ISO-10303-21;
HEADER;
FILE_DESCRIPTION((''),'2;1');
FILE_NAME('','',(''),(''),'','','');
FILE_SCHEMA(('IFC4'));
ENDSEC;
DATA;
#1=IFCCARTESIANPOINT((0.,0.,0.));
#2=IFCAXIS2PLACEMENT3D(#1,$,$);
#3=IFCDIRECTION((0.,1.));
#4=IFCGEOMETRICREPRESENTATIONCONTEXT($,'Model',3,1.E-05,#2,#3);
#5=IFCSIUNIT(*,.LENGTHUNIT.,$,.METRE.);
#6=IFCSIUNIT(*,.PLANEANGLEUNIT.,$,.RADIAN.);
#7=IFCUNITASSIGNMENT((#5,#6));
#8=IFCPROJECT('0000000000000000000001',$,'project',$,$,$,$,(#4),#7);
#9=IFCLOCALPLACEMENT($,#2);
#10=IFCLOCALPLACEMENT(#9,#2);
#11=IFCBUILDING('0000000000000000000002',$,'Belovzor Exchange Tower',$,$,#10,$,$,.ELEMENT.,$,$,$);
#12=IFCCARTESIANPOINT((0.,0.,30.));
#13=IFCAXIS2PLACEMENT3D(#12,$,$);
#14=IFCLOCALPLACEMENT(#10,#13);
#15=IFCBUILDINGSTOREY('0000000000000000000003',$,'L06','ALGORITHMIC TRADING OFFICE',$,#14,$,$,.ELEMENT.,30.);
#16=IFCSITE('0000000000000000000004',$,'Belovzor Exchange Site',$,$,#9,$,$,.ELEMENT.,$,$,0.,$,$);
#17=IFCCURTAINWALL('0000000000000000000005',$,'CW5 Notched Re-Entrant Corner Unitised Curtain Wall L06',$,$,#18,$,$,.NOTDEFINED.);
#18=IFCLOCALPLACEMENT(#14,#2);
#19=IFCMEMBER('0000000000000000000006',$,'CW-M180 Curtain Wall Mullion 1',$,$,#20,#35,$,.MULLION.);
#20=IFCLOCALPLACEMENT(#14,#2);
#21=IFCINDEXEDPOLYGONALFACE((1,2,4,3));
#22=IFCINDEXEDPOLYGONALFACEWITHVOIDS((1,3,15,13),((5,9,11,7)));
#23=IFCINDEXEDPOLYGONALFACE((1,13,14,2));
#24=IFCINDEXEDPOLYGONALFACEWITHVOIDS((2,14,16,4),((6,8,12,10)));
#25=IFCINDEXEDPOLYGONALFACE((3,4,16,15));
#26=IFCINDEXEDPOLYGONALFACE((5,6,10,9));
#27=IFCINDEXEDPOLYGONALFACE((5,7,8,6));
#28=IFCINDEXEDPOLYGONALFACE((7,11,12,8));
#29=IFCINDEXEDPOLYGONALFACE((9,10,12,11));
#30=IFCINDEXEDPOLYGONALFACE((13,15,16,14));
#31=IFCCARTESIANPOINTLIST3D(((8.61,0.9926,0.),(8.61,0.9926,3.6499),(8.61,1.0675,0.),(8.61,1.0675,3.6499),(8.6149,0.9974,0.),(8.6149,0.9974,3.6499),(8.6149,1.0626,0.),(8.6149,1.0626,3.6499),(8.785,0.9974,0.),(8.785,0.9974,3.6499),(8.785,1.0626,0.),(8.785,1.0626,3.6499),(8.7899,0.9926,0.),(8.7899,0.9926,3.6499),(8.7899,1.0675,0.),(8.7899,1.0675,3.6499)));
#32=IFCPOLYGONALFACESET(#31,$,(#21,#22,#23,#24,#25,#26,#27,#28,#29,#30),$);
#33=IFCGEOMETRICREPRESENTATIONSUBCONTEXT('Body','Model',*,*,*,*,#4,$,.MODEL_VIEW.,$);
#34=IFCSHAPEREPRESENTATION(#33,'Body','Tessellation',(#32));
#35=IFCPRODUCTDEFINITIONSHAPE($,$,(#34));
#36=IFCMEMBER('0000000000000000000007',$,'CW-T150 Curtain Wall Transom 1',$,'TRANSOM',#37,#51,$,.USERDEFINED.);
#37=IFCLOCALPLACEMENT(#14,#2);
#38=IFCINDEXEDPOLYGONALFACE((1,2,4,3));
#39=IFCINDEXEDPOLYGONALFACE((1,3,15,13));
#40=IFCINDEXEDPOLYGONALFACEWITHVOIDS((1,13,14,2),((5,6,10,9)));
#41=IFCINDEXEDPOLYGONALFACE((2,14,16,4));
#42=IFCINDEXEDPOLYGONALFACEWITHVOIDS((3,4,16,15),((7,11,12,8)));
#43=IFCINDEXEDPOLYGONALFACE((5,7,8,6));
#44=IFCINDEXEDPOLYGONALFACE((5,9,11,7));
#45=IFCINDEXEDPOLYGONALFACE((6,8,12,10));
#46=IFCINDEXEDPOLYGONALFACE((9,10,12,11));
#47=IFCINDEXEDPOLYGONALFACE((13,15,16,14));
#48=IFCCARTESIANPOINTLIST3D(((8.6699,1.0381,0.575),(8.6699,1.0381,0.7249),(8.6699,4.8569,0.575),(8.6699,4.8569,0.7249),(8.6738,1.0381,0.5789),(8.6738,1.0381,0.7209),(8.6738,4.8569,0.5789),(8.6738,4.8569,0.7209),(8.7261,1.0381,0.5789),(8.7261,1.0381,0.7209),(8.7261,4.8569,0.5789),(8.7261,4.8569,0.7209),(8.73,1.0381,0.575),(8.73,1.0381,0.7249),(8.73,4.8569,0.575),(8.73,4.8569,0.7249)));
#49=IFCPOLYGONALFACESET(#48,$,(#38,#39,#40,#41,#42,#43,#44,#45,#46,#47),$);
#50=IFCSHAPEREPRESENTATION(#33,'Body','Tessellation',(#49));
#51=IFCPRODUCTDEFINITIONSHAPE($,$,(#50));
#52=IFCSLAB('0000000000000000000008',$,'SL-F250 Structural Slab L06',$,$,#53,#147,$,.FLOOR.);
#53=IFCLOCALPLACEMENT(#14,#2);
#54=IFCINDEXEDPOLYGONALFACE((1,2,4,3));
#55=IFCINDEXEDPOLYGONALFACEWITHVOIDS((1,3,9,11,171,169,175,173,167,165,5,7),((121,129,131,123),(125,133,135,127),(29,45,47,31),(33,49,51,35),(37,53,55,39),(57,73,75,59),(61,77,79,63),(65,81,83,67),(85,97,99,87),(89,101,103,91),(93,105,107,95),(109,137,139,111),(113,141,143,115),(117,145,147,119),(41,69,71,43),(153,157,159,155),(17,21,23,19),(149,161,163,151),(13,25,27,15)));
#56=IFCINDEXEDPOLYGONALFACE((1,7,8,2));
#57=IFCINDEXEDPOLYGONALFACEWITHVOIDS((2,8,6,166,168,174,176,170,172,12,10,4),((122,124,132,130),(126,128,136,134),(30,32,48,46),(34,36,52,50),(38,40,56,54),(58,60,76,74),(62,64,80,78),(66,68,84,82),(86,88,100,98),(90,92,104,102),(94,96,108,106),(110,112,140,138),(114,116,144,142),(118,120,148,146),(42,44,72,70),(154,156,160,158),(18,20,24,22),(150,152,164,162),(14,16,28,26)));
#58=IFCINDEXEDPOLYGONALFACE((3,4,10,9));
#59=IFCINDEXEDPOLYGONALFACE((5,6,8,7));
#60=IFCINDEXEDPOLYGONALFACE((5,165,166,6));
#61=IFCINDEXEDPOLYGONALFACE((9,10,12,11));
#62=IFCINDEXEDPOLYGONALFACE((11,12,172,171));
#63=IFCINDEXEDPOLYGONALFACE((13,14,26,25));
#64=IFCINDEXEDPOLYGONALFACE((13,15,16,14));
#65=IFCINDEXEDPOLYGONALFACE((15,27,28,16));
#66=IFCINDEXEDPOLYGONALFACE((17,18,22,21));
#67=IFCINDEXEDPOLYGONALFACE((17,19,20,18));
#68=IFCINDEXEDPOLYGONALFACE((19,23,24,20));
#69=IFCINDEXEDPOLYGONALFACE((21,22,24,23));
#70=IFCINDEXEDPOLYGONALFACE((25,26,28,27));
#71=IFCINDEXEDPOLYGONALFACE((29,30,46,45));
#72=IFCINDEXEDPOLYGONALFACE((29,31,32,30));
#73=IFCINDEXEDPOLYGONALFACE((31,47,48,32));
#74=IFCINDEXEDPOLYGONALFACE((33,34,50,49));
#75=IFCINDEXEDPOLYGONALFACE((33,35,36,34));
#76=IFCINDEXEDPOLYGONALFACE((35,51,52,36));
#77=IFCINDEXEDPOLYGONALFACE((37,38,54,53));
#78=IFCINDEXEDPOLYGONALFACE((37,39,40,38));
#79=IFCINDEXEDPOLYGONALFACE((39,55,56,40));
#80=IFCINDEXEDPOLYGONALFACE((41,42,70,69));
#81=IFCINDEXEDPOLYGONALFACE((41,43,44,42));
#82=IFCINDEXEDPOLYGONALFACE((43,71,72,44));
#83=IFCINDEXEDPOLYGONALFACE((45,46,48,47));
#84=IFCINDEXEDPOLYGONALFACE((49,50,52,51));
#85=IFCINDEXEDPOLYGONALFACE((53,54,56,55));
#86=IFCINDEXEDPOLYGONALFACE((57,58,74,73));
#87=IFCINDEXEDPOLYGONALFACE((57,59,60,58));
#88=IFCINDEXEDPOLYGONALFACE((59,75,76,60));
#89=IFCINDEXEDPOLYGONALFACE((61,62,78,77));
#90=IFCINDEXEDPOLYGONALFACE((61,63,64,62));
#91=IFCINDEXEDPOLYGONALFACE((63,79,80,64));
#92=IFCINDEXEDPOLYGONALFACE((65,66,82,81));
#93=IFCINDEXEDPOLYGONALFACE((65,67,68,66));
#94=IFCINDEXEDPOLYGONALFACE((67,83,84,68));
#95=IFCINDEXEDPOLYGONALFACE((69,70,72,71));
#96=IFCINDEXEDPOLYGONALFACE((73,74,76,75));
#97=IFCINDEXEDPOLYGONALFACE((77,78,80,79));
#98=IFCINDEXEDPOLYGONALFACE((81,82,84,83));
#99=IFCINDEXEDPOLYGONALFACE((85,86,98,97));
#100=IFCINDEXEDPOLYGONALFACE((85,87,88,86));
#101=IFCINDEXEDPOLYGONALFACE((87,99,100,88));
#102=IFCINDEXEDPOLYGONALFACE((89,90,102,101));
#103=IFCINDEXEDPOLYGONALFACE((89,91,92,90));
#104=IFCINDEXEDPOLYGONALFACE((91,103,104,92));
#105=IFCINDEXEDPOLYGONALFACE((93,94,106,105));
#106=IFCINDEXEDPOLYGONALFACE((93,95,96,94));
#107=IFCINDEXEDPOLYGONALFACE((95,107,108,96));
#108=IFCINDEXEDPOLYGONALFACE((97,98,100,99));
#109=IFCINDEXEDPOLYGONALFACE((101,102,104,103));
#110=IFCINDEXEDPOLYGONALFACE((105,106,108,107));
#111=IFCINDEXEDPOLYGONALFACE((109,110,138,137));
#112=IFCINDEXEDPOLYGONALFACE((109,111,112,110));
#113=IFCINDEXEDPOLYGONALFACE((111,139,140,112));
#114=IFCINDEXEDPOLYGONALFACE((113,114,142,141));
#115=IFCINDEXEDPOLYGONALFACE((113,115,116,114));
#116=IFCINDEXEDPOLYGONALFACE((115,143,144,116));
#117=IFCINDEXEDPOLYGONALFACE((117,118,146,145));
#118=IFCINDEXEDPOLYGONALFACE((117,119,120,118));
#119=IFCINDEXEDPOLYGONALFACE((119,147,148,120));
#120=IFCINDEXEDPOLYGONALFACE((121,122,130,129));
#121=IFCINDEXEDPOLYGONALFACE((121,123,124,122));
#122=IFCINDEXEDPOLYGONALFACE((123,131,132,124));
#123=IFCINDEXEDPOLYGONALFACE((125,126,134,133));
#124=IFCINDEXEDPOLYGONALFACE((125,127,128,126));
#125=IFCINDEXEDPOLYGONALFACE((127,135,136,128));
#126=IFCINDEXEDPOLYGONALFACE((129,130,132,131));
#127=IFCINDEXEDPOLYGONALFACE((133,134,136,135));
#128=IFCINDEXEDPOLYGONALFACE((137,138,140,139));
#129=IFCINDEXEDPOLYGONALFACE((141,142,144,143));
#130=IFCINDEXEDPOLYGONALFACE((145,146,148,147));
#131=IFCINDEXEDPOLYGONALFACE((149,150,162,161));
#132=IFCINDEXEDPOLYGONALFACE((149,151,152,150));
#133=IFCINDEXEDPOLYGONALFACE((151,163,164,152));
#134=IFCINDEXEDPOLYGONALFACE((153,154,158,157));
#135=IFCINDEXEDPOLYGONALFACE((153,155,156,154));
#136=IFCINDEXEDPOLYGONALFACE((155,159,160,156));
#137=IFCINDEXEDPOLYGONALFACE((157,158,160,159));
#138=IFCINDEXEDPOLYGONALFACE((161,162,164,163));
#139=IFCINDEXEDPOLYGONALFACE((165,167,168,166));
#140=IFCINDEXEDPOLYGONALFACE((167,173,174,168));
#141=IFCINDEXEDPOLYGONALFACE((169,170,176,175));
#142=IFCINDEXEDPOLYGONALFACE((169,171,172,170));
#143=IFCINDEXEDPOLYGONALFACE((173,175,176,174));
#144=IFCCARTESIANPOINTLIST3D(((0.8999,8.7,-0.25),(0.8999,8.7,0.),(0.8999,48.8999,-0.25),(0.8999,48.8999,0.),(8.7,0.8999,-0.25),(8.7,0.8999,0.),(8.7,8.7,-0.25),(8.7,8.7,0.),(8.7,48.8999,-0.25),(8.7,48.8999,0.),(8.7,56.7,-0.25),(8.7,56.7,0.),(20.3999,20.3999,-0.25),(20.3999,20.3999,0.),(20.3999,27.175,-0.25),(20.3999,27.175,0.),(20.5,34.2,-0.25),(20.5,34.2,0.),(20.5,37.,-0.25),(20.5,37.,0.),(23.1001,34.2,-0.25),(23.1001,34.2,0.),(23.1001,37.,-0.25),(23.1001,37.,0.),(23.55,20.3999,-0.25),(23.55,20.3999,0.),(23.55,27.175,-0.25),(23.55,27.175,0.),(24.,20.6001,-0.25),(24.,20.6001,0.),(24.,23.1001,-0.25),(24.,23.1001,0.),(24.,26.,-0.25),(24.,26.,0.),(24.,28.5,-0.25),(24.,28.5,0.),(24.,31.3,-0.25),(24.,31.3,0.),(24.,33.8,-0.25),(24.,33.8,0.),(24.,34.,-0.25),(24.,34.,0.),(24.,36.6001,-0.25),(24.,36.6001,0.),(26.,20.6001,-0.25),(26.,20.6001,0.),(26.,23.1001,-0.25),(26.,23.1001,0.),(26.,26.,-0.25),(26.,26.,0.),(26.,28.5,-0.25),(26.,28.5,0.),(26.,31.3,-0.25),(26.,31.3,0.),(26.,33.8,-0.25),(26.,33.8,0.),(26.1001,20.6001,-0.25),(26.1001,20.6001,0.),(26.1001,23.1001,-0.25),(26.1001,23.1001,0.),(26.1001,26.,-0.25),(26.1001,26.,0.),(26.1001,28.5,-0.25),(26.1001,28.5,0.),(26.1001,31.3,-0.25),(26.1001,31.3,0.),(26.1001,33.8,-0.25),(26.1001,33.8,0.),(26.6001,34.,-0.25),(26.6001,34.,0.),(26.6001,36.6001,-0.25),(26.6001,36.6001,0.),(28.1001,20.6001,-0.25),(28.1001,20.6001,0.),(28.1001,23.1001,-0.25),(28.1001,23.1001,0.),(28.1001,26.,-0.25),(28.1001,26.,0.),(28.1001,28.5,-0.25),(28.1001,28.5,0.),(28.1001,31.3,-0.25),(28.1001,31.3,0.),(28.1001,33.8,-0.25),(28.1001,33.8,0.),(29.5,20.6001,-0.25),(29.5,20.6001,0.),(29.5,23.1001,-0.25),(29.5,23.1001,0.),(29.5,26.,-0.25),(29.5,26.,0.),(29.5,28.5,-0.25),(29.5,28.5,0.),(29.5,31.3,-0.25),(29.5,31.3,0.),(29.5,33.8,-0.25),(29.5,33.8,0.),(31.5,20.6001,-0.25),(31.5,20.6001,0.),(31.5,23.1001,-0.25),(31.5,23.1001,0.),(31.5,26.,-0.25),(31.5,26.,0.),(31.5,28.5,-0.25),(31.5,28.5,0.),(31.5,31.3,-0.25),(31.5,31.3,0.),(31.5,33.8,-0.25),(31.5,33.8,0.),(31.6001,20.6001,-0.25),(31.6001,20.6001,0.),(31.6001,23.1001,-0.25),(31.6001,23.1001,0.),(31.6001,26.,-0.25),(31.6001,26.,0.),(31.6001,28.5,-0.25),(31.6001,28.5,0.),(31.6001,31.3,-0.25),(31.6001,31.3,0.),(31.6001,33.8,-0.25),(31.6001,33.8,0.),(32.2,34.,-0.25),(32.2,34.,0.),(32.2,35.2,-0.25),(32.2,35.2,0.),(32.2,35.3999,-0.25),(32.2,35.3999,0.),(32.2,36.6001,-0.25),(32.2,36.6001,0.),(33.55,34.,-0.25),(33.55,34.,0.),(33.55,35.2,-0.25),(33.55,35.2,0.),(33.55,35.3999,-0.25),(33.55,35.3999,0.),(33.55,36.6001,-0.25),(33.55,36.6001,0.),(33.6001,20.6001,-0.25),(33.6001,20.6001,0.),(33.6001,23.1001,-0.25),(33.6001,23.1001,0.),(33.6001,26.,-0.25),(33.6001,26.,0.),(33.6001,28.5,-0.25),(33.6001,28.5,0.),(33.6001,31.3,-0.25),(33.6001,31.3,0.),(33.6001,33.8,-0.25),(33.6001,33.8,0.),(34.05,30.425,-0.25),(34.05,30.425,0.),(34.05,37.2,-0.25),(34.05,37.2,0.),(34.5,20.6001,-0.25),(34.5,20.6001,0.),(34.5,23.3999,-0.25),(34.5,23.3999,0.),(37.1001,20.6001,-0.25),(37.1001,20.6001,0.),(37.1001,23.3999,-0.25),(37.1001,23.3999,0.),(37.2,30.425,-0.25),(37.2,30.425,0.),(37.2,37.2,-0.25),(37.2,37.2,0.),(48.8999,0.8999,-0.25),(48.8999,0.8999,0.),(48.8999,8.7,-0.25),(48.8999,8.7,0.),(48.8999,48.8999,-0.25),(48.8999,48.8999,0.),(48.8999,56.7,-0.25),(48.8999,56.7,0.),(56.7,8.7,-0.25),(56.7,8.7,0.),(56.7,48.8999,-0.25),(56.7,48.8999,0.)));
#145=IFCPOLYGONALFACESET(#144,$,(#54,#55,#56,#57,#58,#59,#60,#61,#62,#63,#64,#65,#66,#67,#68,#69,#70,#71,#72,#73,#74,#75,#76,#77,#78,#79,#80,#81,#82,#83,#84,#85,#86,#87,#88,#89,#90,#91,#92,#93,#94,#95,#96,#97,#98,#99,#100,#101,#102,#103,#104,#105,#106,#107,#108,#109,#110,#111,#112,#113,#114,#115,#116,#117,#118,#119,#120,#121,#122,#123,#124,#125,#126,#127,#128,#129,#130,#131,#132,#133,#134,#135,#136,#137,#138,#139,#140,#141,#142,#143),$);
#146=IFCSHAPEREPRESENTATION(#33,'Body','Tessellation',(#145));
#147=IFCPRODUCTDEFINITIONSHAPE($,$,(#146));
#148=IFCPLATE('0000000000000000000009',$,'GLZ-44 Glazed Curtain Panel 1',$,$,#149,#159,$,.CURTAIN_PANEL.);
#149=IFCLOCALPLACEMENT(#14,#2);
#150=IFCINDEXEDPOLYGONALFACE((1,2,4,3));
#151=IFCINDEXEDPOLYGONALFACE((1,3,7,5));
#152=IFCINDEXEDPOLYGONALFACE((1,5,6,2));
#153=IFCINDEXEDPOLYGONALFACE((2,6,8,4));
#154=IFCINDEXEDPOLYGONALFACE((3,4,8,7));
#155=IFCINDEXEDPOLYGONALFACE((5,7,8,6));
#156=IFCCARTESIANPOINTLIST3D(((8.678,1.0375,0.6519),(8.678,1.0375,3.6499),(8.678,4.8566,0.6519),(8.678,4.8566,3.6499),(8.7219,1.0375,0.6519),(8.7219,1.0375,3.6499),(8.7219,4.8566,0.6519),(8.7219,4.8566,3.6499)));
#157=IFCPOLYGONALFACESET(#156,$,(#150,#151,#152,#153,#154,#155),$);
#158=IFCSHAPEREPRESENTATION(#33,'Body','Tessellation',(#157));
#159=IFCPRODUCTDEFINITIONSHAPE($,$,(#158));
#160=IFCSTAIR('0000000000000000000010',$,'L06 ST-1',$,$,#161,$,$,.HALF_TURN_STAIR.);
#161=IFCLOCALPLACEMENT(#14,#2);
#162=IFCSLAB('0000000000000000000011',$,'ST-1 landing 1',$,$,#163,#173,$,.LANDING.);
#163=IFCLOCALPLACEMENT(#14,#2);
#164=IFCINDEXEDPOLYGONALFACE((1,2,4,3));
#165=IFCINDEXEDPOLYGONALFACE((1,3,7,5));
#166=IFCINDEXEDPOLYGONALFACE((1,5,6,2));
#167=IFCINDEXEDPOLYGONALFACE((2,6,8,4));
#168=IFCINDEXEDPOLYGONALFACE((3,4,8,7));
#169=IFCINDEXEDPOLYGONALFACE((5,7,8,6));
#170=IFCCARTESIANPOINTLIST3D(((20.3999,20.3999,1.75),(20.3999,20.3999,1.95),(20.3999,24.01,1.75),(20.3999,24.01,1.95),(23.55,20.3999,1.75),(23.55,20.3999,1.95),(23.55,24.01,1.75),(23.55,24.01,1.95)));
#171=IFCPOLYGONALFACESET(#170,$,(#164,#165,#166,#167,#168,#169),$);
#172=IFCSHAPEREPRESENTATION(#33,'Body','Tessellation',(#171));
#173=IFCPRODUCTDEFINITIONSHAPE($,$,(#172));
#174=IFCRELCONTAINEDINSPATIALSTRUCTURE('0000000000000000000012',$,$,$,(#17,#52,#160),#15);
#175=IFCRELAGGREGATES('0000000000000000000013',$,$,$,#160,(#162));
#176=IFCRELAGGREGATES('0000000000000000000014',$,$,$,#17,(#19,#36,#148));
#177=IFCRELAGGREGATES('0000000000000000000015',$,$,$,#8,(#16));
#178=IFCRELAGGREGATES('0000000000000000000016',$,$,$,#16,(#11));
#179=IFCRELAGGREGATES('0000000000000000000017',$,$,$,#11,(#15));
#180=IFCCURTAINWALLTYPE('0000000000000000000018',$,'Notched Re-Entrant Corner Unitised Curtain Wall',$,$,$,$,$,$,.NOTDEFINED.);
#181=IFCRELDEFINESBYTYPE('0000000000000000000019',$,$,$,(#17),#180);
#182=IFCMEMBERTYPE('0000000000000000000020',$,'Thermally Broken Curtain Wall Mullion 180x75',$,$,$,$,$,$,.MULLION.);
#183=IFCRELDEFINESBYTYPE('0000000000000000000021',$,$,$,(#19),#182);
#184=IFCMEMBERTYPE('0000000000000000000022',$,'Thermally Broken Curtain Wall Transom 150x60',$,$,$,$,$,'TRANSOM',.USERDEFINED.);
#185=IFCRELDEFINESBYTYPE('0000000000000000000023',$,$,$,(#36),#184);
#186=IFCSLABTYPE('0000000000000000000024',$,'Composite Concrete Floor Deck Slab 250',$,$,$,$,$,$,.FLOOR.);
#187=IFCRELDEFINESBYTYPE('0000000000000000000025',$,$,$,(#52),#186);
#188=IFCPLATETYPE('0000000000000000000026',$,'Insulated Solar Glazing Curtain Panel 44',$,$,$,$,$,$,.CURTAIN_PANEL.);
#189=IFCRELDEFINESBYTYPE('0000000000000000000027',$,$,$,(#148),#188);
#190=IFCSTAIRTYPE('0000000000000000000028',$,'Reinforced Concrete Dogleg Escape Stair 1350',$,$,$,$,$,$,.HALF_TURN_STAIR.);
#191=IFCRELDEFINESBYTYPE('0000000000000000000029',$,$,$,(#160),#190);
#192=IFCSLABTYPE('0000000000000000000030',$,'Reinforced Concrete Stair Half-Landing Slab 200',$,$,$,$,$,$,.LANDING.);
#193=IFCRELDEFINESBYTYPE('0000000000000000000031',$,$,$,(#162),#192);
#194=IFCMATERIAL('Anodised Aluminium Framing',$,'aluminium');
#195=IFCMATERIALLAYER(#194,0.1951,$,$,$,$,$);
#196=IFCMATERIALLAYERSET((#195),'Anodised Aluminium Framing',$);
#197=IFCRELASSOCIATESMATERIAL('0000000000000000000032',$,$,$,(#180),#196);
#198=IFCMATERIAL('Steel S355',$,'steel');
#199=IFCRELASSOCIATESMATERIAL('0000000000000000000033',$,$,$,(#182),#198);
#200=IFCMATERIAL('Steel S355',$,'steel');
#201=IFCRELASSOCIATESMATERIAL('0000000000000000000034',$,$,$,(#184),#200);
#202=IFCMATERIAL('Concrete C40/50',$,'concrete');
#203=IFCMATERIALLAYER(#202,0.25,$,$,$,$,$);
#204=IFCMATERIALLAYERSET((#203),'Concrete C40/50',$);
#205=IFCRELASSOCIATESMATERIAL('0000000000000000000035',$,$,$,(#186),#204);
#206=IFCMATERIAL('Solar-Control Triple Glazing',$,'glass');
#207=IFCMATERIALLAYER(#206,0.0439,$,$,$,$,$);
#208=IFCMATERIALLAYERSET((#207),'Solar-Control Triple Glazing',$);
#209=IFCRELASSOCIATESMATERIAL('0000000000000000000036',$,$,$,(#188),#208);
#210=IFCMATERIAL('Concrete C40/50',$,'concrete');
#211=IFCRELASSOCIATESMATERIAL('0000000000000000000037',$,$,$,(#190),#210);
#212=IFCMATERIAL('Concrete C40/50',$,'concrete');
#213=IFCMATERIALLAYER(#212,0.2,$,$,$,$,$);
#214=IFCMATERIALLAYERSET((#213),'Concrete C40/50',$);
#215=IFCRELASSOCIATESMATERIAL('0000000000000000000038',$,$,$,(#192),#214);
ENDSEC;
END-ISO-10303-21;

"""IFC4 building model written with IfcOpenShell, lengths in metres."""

from ifc_helpers import new_model, si_unit, direction, frame, origin, origin_2d, place, context, subcontext, project, spatial, polyline, rectangle, hollow_rectangle, outline, extrude, material, layer, layer_set, material_profile, profile_set, type_object, element, aggregate, save


model = new_model("IFC4")

# Units and contexts
model_context = context("Model", 3, precision=1e-05, world=origin(), true_north=direction((0.0, 1.0)))
body_context = subcontext(model_context, "Body", "Model", "MODEL_VIEW")
ifc_project = project(units=[si_unit("LENGTHUNIT", "METRE"), si_unit("PLANEANGLEUNIT", "RADIAN")], contexts=[model_context])

# Site, building, storey
site_placement = place(None, origin())
site = spatial("IfcSite", under=ifc_project, at=site_placement, Name="Belovzor Exchange Site", CompositionType="ELEMENT", RefElevation=0.0)
building_placement = place(site_placement, origin())
building = spatial("IfcBuilding", under=site, at=building_placement, Name="Belovzor Exchange Tower", CompositionType="ELEMENT")
storey_placement = place(building_placement, frame((0.0, 0.0, 30.0)))
storey = spatial("IfcBuildingStorey", under=building, at=storey_placement, Name="L06", Description="ALGORITHMIC TRADING OFFICE", CompositionType="ELEMENT", Elevation=30.0)

# Curtain wall, members
ifc_material_1 = material(Name="Anodised Aluminium Framing", Category="aluminium")
ifc_layer_1 = layer(ifc_material_1, 0.1951)
ifc_layer_set_1 = layer_set([ifc_layer_1], Name="Anodised Aluminium Framing")
curtain_wall_type = type_object("IfcCurtainWallType", Name="Notched Re-Entrant Corner Unitised Curtain Wall", PredefinedType="NOTDEFINED", material=ifc_layer_set_1)
curtain_wall_placement = place(storey_placement, origin())
curtain_wall = element("IfcCurtainWall", 1, at=curtain_wall_placement, inside=storey, type_object=curtain_wall_type, Name="CW5 Notched Re-Entrant Corner Unitised Curtain Wall L06", PredefinedType="NOTDEFINED")
ifc_material_2 = material(Name="Steel S355", Category="steel")
ifc_material_profile_1 = material_profile(ifc_material_2, hollow_rectangle(XDim=0.075, YDim=0.1799, WallThickness=0.0049, at=origin_2d()))
ifc_profile_set_1 = profile_set([ifc_material_profile_1], Name="Steel S355")
member_type_1 = type_object("IfcMemberType", Name="Thermally Broken Curtain Wall Mullion 180x75", PredefinedType="MULLION", material=ifc_profile_set_1)
member_1_placement = place(storey_placement, frame((8.7, 1.03, 0.0), z_axis=(0.0, 0.0, 1.0), x_axis=(0.0, 1.0, 0.0)))
member_1 = element("IfcMember", 2, at=member_1_placement, type_object=member_type_1, Name="CW-M180 Curtain Wall Mullion 1", PredefinedType="MULLION", context=body_context, shape_type="SweptSolid", body=[
    extrude(hollow_rectangle(XDim=0.075, YDim=0.1799, WallThickness=0.0049, at=origin_2d()), origin(), (0.0, 0.0, 1.0), 3.6499),
])
ifc_material_3 = material(Name="Steel S355", Category="steel")
ifc_material_profile_2 = material_profile(ifc_material_3, hollow_rectangle(XDim=0.0601, YDim=0.1499, WallThickness=0.0039, at=origin_2d()))
ifc_profile_set_2 = profile_set([ifc_material_profile_2], Name="Steel S355")
member_type_2 = type_object("IfcMemberType", Name="Thermally Broken Curtain Wall Transom 150x60", ElementType="TRANSOM", PredefinedType="USERDEFINED", material=ifc_profile_set_2)
member_2_placement = place(storey_placement, frame((8.7, 1.0381, 0.6499), z_axis=(0.0, 1.0, 0.0), x_axis=(-1.0, 0.0, 0.0)))
member_2 = element("IfcMember", 3, at=member_2_placement, type_object=member_type_2, Name="CW-T150 Curtain Wall Transom 1", ObjectType="TRANSOM", PredefinedType="USERDEFINED", context=body_context, shape_type="SweptSolid", body=[
    extrude(hollow_rectangle(XDim=0.0601, YDim=0.1499, WallThickness=0.0039, at=origin_2d()), origin(), (0.0, 0.0, 1.0), 3.8188),
])

# Slab
ifc_material_4 = material(Name="Concrete C40/50", Category="concrete")
ifc_layer_2 = layer(ifc_material_4, 0.25)
ifc_layer_set_2 = layer_set([ifc_layer_2], Name="Concrete C40/50")
slab_type_1 = type_object("IfcSlabType", Name="Composite Concrete Floor Deck Slab 250", PredefinedType="FLOOR", material=ifc_layer_set_2)
slab_1_placement = place(storey_placement, frame((0.0, 0.0, -0.25)))
element("IfcSlab", 4, at=slab_1_placement, inside=storey, type_object=slab_type_1, Name="SL-F250 Structural Slab L06", PredefinedType="FLOOR", context=body_context, shape_type="SweptSolid", body=[
    extrude(outline(polyline([(8.7, 0.8999), (48.8999, 0.8999), (48.8999, 8.7), (56.7, 8.7), (56.7, 48.8999), (48.8999, 48.8999), (48.8999, 56.7), (8.7, 56.7), (8.7, 48.8999), (0.8999, 48.8999), (0.8999, 8.7), (8.7, 8.7), (8.7, 0.8999)]), holes=[polyline([(20.3999, 27.175), (20.3999, 20.3999), (23.55, 20.3999), (23.55, 27.175), (20.3999, 27.175)]), polyline([(37.2, 30.425), (37.2, 37.2), (34.05, 37.2), (34.05, 30.425), (37.2, 30.425)]), polyline([(20.5, 34.2), (23.1001, 34.2), (23.1001, 37.0), (20.5, 37.0), (20.5, 34.2)]), polyline([(34.5, 20.6001), (37.1001, 20.6001), (37.1001, 23.3999), (34.5, 23.3999), (34.5, 20.6001)]), polyline([(24.0, 34.0), (26.6001, 34.0), (26.6001, 36.6001), (24.0, 36.6001), (24.0, 34.0)]), polyline([(24.0, 20.6001), (26.0, 20.6001), (26.0, 23.1001), (24.0, 23.1001), (24.0, 20.6001)]), polyline([(26.1001, 20.6001), (28.1001, 20.6001), (28.1001, 23.1001), (26.1001, 23.1001), (26.1001, 20.6001)]), polyline([(29.5, 20.6001), (31.5, 20.6001), (31.5, 23.1001), (29.5, 23.1001), (29.5, 20.6001)]), polyline([(31.6001, 20.6001), (33.6001, 20.6001), (33.6001, 23.1001), (31.6001, 23.1001), (31.6001, 20.6001)]), polyline([(24.0, 26.0), (26.0, 26.0), (26.0, 28.5), (24.0, 28.5), (24.0, 26.0)]), polyline([(26.1001, 26.0), (28.1001, 26.0), (28.1001, 28.5), (26.1001, 28.5), (26.1001, 26.0)]), polyline([(29.5, 26.0), (31.5, 26.0), (31.5, 28.5), (29.5, 28.5), (29.5, 26.0)]), polyline([(31.6001, 26.0), (33.6001, 26.0), (33.6001, 28.5), (31.6001, 28.5), (31.6001, 26.0)]), polyline([(24.0, 31.3), (26.0, 31.3), (26.0, 33.8), (24.0, 33.8), (24.0, 31.3)]), polyline([(26.1001, 31.3), (28.1001, 31.3), (28.1001, 33.8), (26.1001, 33.8), (26.1001, 31.3)]), polyline([(29.5, 31.3), (31.5, 31.3), (31.5, 33.8), (29.5, 33.8), (29.5, 31.3)]), polyline([(31.6001, 31.3), (33.6001, 31.3), (33.6001, 33.8), (31.6001, 33.8), (31.6001, 31.3)]), polyline([(32.2, 34.0), (33.55, 34.0), (33.55, 35.2), (32.2, 35.2), (32.2, 34.0)]), polyline([(32.2, 35.3999), (33.55, 35.3999), (33.55, 36.6001), (32.2, 36.6001), (32.2, 35.3999)])]), origin(), (0.0, 0.0, 1.0), 0.25),
])

# Plate
ifc_material_5 = material(Name="Solar-Control Triple Glazing", Category="glass")
ifc_layer_3 = layer(ifc_material_5, 0.0439)
ifc_layer_set_3 = layer_set([ifc_layer_3], Name="Solar-Control Triple Glazing")
plate_type_1 = type_object("IfcPlateType", Name="Insulated Solar Glazing Curtain Panel 44", PredefinedType="CURTAIN_PANEL", material=ifc_layer_set_3)
plate_1_placement = place(storey_placement, frame((8.7, 2.947, 0.6519), z_axis=(0.0, 0.0, 1.0), x_axis=(0.0, 1.0, 0.0)))
plate_1 = element("IfcPlate", 5, at=plate_1_placement, type_object=plate_type_1, Name="GLZ-44 Glazed Curtain Panel 1", PredefinedType="CURTAIN_PANEL", context=body_context, shape_type="SweptSolid", body=[
    extrude(rectangle(XDim=3.8191, YDim=0.0439, at=origin_2d()), origin(), (0.0, 0.0, 1.0), 2.998),
])

# Stair, slab
ifc_material_6 = material(Name="Concrete C40/50", Category="concrete")
stair_type = type_object("IfcStairType", Name="Reinforced Concrete Dogleg Escape Stair 1350", PredefinedType="HALF_TURN_STAIR", material=ifc_material_6)
stair_1_placement = place(storey_placement, origin())
stair_1 = element("IfcStair", 6, at=stair_1_placement, inside=storey, type_object=stair_type, Name="L06 ST-1", PredefinedType="HALF_TURN_STAIR")
ifc_material_7 = material(Name="Concrete C40/50", Category="concrete")
ifc_layer_4 = layer(ifc_material_7, 0.2)
ifc_layer_set_4 = layer_set([ifc_layer_4], Name="Concrete C40/50")
slab_type_2 = type_object("IfcSlabType", Name="Reinforced Concrete Stair Half-Landing Slab 200", PredefinedType="LANDING", material=ifc_layer_set_4)
slab_2_placement = place(storey_placement, frame((0.0, 0.0, 1.75)))
slab_2 = element("IfcSlab", 7, at=slab_2_placement, type_object=slab_type_2, Name="ST-1 landing 1", PredefinedType="LANDING", context=body_context, shape_type="SweptSolid", body=[
    extrude(outline(polyline([(20.3999, 24.01), (20.3999, 20.3999), (23.55, 20.3999), (23.55, 24.01), (20.3999, 24.01)])), origin(), (0.0, 0.0, 1.0), 0.2),
])
aggregate(stair_1, [slab_2])

aggregate(curtain_wall, [member_1, member_2, plate_1])

save(model, "model.ifc")
